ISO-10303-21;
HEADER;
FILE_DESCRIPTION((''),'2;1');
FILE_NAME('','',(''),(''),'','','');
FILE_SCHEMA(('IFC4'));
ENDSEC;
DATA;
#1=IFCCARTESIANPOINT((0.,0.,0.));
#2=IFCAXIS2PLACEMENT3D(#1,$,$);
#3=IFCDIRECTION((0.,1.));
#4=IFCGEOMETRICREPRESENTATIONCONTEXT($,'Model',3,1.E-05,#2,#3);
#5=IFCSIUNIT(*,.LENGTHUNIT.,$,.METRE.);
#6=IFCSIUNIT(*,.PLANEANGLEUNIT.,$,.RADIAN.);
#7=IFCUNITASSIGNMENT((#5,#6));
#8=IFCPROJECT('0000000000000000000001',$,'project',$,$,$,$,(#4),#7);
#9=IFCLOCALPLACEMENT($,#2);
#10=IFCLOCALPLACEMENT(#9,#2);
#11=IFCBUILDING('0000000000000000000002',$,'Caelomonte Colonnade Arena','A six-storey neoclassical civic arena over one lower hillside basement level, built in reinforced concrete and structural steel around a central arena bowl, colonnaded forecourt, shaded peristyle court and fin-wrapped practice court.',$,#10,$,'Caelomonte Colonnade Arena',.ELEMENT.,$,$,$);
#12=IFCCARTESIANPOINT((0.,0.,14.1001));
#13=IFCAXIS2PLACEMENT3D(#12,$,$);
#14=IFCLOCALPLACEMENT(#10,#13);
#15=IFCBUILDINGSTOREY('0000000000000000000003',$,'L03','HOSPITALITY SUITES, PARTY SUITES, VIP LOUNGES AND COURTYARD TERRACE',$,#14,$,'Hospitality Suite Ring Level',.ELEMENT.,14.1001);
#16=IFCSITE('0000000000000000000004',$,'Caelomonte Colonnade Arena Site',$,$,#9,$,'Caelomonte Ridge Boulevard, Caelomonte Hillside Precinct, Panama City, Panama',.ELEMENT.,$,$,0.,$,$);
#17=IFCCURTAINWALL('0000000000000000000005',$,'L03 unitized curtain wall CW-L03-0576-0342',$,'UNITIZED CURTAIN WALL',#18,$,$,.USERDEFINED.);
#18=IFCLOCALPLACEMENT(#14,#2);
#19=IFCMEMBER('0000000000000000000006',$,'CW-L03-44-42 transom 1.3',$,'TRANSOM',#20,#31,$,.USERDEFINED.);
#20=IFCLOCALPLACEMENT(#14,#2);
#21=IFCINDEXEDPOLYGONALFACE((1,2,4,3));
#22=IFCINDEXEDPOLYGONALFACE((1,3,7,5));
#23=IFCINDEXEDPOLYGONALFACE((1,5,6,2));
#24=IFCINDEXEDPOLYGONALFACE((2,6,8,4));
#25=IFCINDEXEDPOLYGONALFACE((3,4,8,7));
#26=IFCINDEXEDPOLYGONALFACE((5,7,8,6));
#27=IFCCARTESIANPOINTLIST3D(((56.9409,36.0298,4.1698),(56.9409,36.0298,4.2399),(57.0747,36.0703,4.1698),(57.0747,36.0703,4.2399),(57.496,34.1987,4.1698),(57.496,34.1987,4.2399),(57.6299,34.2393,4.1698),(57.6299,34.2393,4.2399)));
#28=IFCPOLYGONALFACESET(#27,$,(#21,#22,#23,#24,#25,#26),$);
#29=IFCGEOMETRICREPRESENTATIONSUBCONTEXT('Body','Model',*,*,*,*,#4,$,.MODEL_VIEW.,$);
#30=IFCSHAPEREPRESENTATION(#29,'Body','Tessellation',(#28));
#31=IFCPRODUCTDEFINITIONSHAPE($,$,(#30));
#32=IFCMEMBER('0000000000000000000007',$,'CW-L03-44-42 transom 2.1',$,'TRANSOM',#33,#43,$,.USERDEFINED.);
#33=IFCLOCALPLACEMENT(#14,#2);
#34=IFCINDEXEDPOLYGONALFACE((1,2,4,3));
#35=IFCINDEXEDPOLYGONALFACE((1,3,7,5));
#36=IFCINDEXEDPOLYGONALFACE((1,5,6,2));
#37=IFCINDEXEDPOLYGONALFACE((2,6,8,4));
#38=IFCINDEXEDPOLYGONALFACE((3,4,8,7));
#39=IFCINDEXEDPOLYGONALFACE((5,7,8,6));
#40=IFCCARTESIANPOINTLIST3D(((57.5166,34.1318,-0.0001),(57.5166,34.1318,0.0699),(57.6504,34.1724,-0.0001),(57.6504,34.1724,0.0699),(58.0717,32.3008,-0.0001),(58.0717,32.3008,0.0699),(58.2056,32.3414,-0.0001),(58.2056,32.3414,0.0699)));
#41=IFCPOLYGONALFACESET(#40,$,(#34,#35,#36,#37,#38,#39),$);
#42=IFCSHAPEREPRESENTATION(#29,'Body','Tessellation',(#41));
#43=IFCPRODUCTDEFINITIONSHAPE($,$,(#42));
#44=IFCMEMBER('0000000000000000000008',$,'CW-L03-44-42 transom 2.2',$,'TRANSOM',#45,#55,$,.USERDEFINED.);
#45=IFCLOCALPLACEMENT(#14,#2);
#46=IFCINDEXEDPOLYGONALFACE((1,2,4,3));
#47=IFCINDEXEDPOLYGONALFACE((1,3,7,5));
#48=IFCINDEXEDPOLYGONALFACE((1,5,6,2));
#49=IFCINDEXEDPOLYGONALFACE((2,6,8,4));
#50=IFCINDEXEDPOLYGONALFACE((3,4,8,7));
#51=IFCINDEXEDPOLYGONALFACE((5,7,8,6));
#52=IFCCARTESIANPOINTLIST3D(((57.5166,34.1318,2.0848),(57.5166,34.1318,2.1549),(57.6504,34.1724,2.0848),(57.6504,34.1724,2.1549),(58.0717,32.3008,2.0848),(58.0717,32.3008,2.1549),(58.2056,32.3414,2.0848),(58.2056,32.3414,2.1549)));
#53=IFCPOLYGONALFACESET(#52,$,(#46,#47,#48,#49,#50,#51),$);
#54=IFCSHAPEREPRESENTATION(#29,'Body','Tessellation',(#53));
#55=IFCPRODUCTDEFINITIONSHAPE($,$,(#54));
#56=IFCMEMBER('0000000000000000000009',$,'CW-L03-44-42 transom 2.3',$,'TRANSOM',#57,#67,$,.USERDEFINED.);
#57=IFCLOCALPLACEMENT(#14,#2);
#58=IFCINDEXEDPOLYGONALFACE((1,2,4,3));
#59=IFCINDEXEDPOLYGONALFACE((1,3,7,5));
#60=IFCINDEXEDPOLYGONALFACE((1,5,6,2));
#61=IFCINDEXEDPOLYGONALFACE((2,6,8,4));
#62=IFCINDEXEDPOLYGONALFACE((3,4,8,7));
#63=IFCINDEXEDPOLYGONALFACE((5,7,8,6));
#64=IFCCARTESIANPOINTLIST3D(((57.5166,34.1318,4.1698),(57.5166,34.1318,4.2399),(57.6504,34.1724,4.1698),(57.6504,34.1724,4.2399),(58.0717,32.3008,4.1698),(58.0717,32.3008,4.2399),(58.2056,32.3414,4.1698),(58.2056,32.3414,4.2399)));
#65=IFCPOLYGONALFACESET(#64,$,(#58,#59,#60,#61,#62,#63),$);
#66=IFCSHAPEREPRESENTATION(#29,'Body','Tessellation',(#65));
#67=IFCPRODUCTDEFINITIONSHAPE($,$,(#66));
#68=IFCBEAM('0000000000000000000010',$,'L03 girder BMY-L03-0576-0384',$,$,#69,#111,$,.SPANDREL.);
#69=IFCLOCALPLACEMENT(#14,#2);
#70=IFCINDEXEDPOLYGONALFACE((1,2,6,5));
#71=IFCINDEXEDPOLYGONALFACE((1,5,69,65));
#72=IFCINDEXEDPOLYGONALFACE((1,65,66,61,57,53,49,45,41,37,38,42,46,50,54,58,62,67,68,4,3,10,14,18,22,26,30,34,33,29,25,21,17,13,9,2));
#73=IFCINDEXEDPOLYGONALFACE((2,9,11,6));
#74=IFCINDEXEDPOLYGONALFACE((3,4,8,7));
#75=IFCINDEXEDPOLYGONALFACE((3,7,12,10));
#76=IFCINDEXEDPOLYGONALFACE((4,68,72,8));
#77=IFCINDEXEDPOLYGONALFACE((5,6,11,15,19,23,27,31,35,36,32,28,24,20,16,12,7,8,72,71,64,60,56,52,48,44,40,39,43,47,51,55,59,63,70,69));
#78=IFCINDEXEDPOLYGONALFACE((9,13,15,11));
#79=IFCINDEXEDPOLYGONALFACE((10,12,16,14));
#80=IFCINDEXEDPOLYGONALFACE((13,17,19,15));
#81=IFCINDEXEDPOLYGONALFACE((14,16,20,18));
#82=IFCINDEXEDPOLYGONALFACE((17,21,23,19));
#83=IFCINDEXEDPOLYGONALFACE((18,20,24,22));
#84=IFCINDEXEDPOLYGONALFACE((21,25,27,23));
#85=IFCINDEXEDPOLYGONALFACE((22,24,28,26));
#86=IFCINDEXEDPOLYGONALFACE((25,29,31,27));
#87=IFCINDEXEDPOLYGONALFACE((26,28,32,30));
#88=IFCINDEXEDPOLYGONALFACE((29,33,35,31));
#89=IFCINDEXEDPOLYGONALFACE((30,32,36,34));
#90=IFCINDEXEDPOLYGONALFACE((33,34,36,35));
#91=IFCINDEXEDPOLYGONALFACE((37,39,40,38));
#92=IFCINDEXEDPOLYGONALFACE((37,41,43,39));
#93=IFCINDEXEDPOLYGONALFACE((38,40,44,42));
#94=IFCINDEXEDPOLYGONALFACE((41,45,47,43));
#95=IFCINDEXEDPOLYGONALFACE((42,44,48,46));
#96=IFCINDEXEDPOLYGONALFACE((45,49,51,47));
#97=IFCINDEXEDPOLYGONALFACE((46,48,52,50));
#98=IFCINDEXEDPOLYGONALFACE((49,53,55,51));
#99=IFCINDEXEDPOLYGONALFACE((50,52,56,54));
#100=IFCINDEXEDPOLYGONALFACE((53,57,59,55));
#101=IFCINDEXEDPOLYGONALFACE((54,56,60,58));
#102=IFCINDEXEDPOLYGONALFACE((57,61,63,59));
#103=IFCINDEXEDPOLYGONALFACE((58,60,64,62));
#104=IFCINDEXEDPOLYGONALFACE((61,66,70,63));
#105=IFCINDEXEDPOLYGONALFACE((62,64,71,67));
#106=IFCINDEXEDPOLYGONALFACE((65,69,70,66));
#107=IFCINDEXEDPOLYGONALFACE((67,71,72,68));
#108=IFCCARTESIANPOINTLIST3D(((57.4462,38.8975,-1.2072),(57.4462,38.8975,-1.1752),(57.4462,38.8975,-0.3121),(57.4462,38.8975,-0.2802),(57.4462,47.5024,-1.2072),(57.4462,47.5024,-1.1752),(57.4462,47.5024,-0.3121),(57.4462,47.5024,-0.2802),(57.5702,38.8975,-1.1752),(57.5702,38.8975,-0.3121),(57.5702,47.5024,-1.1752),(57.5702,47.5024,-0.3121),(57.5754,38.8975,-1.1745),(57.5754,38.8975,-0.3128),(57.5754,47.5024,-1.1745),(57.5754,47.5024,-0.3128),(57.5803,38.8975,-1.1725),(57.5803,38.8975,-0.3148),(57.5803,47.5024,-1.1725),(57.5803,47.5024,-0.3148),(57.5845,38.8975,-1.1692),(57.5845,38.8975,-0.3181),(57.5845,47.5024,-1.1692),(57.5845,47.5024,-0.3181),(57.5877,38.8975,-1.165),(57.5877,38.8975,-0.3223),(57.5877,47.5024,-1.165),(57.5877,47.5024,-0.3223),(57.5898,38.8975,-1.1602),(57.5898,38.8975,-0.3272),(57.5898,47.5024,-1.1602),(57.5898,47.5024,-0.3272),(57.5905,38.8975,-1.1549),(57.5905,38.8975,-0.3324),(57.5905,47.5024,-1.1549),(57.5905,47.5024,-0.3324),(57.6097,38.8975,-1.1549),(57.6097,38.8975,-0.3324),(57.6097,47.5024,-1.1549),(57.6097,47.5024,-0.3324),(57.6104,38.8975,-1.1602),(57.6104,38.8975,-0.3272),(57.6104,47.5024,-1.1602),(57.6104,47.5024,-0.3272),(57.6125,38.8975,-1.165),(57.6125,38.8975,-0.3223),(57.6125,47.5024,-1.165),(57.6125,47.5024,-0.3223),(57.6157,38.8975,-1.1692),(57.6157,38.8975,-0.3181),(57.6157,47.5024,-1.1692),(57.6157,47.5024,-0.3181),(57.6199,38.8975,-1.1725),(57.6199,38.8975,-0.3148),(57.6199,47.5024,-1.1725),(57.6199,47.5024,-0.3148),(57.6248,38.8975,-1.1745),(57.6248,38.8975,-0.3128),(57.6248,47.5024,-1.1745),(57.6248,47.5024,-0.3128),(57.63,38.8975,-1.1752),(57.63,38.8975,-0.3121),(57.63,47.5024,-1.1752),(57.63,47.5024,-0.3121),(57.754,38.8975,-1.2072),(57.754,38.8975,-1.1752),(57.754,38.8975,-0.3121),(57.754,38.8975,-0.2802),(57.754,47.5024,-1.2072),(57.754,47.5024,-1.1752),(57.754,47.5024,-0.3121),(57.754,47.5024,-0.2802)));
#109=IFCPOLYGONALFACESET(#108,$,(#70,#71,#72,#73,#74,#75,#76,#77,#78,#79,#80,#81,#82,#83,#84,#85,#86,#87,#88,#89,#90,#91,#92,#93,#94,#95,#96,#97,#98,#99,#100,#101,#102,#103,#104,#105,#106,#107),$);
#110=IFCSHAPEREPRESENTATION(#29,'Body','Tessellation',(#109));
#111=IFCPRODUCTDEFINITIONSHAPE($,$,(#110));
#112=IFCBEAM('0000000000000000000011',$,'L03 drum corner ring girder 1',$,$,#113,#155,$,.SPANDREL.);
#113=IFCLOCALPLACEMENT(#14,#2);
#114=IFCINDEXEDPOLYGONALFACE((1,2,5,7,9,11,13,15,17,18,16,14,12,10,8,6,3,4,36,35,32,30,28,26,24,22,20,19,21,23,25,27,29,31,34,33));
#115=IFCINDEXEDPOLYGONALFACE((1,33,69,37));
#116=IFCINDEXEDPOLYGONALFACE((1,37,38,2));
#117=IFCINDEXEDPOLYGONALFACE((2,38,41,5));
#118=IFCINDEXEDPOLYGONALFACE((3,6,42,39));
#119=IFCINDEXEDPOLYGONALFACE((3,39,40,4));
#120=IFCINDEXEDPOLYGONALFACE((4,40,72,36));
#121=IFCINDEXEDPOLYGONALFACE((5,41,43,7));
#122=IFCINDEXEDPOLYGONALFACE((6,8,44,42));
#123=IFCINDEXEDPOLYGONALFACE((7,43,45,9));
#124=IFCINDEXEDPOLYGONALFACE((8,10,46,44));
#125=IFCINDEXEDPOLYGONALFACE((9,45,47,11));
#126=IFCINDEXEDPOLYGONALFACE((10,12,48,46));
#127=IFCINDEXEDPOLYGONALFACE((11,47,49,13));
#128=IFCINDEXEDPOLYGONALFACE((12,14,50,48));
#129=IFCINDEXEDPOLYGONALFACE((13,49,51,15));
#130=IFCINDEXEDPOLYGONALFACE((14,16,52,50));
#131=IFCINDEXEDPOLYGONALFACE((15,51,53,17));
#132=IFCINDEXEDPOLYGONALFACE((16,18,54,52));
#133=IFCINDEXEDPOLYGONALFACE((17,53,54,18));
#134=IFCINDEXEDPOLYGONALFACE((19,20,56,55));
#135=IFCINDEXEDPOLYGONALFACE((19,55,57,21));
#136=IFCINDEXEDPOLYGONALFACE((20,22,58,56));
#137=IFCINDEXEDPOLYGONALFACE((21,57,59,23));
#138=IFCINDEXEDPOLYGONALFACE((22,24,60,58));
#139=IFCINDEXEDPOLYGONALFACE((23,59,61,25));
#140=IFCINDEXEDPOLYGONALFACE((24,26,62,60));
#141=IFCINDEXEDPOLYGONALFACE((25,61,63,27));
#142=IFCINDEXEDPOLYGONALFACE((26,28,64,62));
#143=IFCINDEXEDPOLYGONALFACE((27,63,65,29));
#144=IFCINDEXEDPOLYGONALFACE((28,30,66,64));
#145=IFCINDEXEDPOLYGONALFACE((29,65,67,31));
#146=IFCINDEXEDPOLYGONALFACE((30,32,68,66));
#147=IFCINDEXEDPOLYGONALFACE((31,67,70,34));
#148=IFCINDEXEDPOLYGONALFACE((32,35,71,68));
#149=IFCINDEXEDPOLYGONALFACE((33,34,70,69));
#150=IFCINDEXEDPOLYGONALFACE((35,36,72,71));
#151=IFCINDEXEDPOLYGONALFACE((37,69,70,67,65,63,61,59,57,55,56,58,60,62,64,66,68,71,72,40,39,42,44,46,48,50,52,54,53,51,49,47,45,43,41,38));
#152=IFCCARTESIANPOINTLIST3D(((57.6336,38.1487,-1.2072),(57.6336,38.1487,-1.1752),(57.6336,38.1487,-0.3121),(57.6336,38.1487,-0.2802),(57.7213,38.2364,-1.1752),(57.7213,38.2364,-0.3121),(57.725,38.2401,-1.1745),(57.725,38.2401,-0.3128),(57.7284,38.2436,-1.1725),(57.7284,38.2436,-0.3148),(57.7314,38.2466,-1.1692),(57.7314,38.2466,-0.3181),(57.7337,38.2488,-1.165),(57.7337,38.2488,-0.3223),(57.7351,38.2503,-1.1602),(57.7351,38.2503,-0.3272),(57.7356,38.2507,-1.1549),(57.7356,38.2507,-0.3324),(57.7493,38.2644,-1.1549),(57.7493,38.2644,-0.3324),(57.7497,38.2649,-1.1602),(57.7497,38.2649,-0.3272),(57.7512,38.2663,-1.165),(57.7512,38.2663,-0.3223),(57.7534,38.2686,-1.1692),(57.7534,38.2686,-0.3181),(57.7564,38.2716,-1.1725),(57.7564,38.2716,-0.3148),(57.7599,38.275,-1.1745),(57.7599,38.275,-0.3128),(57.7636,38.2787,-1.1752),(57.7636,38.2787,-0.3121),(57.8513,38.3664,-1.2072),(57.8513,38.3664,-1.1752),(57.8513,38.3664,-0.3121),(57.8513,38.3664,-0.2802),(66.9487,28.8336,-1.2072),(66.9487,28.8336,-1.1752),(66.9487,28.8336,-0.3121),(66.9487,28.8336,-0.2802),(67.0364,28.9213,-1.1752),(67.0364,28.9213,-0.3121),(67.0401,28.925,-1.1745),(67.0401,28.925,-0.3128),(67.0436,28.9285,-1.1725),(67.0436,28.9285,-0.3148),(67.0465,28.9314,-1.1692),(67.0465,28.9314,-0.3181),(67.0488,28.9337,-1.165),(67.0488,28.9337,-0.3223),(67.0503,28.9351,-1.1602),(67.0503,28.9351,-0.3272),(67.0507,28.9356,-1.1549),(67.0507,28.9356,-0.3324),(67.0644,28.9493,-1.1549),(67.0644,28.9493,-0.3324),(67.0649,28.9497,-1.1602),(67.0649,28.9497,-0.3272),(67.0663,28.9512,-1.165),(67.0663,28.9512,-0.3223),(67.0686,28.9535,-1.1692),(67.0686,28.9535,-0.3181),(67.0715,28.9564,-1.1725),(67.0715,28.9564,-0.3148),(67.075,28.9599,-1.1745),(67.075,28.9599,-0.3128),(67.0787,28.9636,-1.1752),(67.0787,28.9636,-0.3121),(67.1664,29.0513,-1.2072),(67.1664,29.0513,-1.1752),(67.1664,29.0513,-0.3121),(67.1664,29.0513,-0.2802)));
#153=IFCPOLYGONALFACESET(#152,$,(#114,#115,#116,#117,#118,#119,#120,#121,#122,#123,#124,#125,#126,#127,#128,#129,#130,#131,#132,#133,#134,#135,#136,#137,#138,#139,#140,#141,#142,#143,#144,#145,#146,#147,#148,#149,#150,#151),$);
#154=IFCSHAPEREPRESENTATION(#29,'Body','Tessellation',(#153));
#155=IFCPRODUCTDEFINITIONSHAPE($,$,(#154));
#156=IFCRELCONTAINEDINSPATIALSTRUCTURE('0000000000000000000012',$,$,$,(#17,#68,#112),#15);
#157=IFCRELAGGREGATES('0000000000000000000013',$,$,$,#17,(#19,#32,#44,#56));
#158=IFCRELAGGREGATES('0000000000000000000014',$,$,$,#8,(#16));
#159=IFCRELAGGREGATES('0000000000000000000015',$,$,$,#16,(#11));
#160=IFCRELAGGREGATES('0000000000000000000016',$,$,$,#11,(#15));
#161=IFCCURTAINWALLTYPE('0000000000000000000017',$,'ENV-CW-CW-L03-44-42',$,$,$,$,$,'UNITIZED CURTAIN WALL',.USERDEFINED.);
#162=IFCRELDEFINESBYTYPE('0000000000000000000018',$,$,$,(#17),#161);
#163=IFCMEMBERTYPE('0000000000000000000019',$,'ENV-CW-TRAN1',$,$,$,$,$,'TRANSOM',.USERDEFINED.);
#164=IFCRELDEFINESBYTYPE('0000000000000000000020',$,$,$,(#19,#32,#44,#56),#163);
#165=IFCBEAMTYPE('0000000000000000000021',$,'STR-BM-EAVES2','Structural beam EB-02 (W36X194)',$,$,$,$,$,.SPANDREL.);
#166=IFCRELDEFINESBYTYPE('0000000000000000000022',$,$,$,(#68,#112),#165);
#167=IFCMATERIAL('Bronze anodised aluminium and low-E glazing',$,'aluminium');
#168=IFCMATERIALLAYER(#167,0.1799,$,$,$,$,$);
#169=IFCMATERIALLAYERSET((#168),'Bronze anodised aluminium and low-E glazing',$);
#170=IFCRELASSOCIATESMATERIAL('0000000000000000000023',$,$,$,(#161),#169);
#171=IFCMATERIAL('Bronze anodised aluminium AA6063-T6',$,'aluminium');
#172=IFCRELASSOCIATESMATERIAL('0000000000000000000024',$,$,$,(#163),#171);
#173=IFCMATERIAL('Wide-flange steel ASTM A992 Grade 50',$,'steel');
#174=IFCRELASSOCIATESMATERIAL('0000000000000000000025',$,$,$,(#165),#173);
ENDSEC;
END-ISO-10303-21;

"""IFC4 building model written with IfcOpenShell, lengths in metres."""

from ifc_helpers import new_model, si_unit, direction, frame, origin, origin_2d, place, context, subcontext, project, spatial, rectangle, i_section, extrude, material, layer, layer_set, material_profile, profile_set, type_object, element, aggregate, save


model = new_model("IFC4")

# Units and contexts
model_context = context("Model", 3, precision=1e-05, world=origin(), true_north=direction((0.0, 1.0)))
body_context = subcontext(model_context, "Body", "Model", "MODEL_VIEW")
ifc_project = project(units=[si_unit("LENGTHUNIT", "METRE"), si_unit("PLANEANGLEUNIT", "RADIAN")], contexts=[model_context])

# Site, building, storey
site_placement = place(None, origin())
site = spatial("IfcSite", under=ifc_project, at=site_placement, Name="Caelomonte Colonnade Arena Site", LongName="Caelomonte Ridge Boulevard, Caelomonte Hillside Precinct, Panama City, Panama", CompositionType="ELEMENT", RefElevation=0.0)
building_placement = place(site_placement, origin())
building = spatial("IfcBuilding", under=site, at=building_placement, Name="Caelomonte Colonnade Arena", Description="A six-storey neoclassical civic arena over one lower hillside basement level, built in reinforced concrete and structural steel around a central arena bowl, colonnaded forecourt, shaded peristyle court and fin-wrapped practice court.", LongName="Caelomonte Colonnade Arena", CompositionType="ELEMENT")
storey_placement = place(building_placement, frame((0.0, 0.0, 14.1001)))
storey = spatial("IfcBuildingStorey", under=building, at=storey_placement, Name="L03", Description="HOSPITALITY SUITES, PARTY SUITES, VIP LOUNGES AND COURTYARD TERRACE", LongName="Hospitality Suite Ring Level", CompositionType="ELEMENT", Elevation=14.1001)

# Shared definitions
ifc_material_1 = material(Name="Wide-flange steel ASTM A992 Grade 50", Category="steel")

# Curtain wall
ifc_material_2 = material(Name="Bronze anodised aluminium and low-E glazing", Category="aluminium")
ifc_layer_1 = layer(ifc_material_2, 0.1799)
ifc_layer_set_1 = layer_set([ifc_layer_1], Name="Bronze anodised aluminium and low-E glazing")
curtain_wall_type = type_object("IfcCurtainWallType", Name="ENV-CW-CW-L03-44-42", ElementType="UNITIZED CURTAIN WALL", PredefinedType="USERDEFINED", material=ifc_layer_set_1)
ifc_material_3 = material(Name="Bronze anodised aluminium AA6063-T6", Category="aluminium")
curtain_wall_1_placement = place(storey_placement, origin())
curtain_wall_1 = element("IfcCurtainWall", 1, at=curtain_wall_1_placement, inside=storey, type_object=curtain_wall_type, Name="L03 unitized curtain wall CW-L03-0576-0342", ObjectType="UNITIZED CURTAIN WALL", PredefinedType="USERDEFINED")

# Members
ifc_material_profile_1 = material_profile(ifc_material_3, rectangle(XDim=0.0701, YDim=0.1399, at=origin_2d()), Name="CWT-70X140")
ifc_profile_set_1 = profile_set([ifc_material_profile_1], Name="Bronze anodised aluminium AA6063-T6")
member_type_1 = type_object("IfcMemberType", Name="ENV-CW-TRAN1", ElementType="TRANSOM", PredefinedType="USERDEFINED", material=ifc_profile_set_1)
member_1_placement = place(storey_placement, frame((57.0078, 36.05, 4.2048), z_axis=(0.290156, -0.956979, 0.0), x_axis=(0.0, 0.0, 1.0)))
member_1 = element("IfcMember", 2, at=member_1_placement, type_object=member_type_1, Name="CW-L03-44-42 transom 1.3", ObjectType="TRANSOM", PredefinedType="USERDEFINED", context=body_context, shape_type="SweptSolid", body=[
    extrude(rectangle(XDim=0.0701, YDim=0.1399, at=origin_2d()), origin(), (0.0, 0.0, 1.0), 1.9133),
])
member_2_placement = place(storey_placement, frame((57.5835, 34.1521, 0.0349), z_axis=(0.290156, -0.956979, 0.0), x_axis=(0.0, 0.0, 1.0)))
member_2 = element("IfcMember", 3, at=member_2_placement, type_object=member_type_1, Name="CW-L03-44-42 transom 2.1", ObjectType="TRANSOM", PredefinedType="USERDEFINED", context=body_context, shape_type="SweptSolid", body=[
    extrude(rectangle(XDim=0.0701, YDim=0.1399, at=origin_2d()), origin(), (0.0, 0.0, 1.0), 1.9133),
])
member_3_placement = place(storey_placement, frame((57.5835, 34.1521, 2.1199), z_axis=(0.290156, -0.956979, 0.0), x_axis=(0.0, 0.0, 1.0)))
member_3 = element("IfcMember", 4, at=member_3_placement, type_object=member_type_1, Name="CW-L03-44-42 transom 2.2", ObjectType="TRANSOM", PredefinedType="USERDEFINED", context=body_context, shape_type="SweptSolid", body=[
    extrude(rectangle(XDim=0.0701, YDim=0.1399, at=origin_2d()), origin(), (0.0, 0.0, 1.0), 1.9133),
])
member_4_placement = place(storey_placement, frame((57.5835, 34.1521, 4.2048), z_axis=(0.290156, -0.956979, 0.0), x_axis=(0.0, 0.0, 1.0)))
member_4 = element("IfcMember", 5, at=member_4_placement, type_object=member_type_1, Name="CW-L03-44-42 transom 2.3", ObjectType="TRANSOM", PredefinedType="USERDEFINED", context=body_context, shape_type="SweptSolid", body=[
    extrude(rectangle(XDim=0.0701, YDim=0.1399, at=origin_2d()), origin(), (0.0, 0.0, 1.0), 1.9133),
])

# Beams
ifc_material_profile_2 = material_profile(ifc_material_1, i_section(OverallWidth=0.3079, OverallDepth=0.927, WebThickness=0.0193, FlangeThickness=0.032, FilletRadius=0.0203, at=origin_2d()), Name="W36X194")
ifc_profile_set_2 = profile_set([ifc_material_profile_2], Name="Wide-flange steel ASTM A992 Grade 50")
beam_type_1 = type_object("IfcBeamType", Name="STR-BM-EAVES2", Description="Structural beam EB-02 (W36X194)", PredefinedType="SPANDREL", material=ifc_profile_set_2)
beam_1_placement = place(storey_placement, frame((57.6001, 38.8975, -0.7437), z_axis=(0.0, 1.0, 0.0), x_axis=(-1.0, 0.0, 0.0)))
element("IfcBeam", 6, at=beam_1_placement, inside=storey, type_object=beam_type_1, Name="L03 girder BMY-L03-0576-0384", PredefinedType="SPANDREL", context=body_context, shape_type="SweptSolid", body=[
    extrude(i_section(OverallWidth=0.3079, OverallDepth=0.927, WebThickness=0.0193, FlangeThickness=0.032, FilletRadius=0.0203, at=origin_2d()), origin(), (0.0, 0.0, 1.0), 8.605),
])
beam_2_placement = place(storey_placement, frame((57.7424, 38.2576, -0.7437), z_axis=(0.707107, -0.707107, 0.0), x_axis=(0.707107, 0.707107, 0.0)))
element("IfcBeam", 7, at=beam_2_placement, inside=storey, type_object=beam_type_1, Name="L03 drum corner ring girder 1", PredefinedType="SPANDREL", context=body_context, shape_type="SweptSolid", body=[
    extrude(i_section(OverallWidth=0.3079, OverallDepth=0.927, WebThickness=0.0193, FlangeThickness=0.032, FilletRadius=0.0203, at=origin_2d()), origin(), (0.0, 0.0, 1.0), 13.1736),
])

aggregate(curtain_wall_1, [member_1, member_2, member_3, member_4])

save(model, "model.ifc")
